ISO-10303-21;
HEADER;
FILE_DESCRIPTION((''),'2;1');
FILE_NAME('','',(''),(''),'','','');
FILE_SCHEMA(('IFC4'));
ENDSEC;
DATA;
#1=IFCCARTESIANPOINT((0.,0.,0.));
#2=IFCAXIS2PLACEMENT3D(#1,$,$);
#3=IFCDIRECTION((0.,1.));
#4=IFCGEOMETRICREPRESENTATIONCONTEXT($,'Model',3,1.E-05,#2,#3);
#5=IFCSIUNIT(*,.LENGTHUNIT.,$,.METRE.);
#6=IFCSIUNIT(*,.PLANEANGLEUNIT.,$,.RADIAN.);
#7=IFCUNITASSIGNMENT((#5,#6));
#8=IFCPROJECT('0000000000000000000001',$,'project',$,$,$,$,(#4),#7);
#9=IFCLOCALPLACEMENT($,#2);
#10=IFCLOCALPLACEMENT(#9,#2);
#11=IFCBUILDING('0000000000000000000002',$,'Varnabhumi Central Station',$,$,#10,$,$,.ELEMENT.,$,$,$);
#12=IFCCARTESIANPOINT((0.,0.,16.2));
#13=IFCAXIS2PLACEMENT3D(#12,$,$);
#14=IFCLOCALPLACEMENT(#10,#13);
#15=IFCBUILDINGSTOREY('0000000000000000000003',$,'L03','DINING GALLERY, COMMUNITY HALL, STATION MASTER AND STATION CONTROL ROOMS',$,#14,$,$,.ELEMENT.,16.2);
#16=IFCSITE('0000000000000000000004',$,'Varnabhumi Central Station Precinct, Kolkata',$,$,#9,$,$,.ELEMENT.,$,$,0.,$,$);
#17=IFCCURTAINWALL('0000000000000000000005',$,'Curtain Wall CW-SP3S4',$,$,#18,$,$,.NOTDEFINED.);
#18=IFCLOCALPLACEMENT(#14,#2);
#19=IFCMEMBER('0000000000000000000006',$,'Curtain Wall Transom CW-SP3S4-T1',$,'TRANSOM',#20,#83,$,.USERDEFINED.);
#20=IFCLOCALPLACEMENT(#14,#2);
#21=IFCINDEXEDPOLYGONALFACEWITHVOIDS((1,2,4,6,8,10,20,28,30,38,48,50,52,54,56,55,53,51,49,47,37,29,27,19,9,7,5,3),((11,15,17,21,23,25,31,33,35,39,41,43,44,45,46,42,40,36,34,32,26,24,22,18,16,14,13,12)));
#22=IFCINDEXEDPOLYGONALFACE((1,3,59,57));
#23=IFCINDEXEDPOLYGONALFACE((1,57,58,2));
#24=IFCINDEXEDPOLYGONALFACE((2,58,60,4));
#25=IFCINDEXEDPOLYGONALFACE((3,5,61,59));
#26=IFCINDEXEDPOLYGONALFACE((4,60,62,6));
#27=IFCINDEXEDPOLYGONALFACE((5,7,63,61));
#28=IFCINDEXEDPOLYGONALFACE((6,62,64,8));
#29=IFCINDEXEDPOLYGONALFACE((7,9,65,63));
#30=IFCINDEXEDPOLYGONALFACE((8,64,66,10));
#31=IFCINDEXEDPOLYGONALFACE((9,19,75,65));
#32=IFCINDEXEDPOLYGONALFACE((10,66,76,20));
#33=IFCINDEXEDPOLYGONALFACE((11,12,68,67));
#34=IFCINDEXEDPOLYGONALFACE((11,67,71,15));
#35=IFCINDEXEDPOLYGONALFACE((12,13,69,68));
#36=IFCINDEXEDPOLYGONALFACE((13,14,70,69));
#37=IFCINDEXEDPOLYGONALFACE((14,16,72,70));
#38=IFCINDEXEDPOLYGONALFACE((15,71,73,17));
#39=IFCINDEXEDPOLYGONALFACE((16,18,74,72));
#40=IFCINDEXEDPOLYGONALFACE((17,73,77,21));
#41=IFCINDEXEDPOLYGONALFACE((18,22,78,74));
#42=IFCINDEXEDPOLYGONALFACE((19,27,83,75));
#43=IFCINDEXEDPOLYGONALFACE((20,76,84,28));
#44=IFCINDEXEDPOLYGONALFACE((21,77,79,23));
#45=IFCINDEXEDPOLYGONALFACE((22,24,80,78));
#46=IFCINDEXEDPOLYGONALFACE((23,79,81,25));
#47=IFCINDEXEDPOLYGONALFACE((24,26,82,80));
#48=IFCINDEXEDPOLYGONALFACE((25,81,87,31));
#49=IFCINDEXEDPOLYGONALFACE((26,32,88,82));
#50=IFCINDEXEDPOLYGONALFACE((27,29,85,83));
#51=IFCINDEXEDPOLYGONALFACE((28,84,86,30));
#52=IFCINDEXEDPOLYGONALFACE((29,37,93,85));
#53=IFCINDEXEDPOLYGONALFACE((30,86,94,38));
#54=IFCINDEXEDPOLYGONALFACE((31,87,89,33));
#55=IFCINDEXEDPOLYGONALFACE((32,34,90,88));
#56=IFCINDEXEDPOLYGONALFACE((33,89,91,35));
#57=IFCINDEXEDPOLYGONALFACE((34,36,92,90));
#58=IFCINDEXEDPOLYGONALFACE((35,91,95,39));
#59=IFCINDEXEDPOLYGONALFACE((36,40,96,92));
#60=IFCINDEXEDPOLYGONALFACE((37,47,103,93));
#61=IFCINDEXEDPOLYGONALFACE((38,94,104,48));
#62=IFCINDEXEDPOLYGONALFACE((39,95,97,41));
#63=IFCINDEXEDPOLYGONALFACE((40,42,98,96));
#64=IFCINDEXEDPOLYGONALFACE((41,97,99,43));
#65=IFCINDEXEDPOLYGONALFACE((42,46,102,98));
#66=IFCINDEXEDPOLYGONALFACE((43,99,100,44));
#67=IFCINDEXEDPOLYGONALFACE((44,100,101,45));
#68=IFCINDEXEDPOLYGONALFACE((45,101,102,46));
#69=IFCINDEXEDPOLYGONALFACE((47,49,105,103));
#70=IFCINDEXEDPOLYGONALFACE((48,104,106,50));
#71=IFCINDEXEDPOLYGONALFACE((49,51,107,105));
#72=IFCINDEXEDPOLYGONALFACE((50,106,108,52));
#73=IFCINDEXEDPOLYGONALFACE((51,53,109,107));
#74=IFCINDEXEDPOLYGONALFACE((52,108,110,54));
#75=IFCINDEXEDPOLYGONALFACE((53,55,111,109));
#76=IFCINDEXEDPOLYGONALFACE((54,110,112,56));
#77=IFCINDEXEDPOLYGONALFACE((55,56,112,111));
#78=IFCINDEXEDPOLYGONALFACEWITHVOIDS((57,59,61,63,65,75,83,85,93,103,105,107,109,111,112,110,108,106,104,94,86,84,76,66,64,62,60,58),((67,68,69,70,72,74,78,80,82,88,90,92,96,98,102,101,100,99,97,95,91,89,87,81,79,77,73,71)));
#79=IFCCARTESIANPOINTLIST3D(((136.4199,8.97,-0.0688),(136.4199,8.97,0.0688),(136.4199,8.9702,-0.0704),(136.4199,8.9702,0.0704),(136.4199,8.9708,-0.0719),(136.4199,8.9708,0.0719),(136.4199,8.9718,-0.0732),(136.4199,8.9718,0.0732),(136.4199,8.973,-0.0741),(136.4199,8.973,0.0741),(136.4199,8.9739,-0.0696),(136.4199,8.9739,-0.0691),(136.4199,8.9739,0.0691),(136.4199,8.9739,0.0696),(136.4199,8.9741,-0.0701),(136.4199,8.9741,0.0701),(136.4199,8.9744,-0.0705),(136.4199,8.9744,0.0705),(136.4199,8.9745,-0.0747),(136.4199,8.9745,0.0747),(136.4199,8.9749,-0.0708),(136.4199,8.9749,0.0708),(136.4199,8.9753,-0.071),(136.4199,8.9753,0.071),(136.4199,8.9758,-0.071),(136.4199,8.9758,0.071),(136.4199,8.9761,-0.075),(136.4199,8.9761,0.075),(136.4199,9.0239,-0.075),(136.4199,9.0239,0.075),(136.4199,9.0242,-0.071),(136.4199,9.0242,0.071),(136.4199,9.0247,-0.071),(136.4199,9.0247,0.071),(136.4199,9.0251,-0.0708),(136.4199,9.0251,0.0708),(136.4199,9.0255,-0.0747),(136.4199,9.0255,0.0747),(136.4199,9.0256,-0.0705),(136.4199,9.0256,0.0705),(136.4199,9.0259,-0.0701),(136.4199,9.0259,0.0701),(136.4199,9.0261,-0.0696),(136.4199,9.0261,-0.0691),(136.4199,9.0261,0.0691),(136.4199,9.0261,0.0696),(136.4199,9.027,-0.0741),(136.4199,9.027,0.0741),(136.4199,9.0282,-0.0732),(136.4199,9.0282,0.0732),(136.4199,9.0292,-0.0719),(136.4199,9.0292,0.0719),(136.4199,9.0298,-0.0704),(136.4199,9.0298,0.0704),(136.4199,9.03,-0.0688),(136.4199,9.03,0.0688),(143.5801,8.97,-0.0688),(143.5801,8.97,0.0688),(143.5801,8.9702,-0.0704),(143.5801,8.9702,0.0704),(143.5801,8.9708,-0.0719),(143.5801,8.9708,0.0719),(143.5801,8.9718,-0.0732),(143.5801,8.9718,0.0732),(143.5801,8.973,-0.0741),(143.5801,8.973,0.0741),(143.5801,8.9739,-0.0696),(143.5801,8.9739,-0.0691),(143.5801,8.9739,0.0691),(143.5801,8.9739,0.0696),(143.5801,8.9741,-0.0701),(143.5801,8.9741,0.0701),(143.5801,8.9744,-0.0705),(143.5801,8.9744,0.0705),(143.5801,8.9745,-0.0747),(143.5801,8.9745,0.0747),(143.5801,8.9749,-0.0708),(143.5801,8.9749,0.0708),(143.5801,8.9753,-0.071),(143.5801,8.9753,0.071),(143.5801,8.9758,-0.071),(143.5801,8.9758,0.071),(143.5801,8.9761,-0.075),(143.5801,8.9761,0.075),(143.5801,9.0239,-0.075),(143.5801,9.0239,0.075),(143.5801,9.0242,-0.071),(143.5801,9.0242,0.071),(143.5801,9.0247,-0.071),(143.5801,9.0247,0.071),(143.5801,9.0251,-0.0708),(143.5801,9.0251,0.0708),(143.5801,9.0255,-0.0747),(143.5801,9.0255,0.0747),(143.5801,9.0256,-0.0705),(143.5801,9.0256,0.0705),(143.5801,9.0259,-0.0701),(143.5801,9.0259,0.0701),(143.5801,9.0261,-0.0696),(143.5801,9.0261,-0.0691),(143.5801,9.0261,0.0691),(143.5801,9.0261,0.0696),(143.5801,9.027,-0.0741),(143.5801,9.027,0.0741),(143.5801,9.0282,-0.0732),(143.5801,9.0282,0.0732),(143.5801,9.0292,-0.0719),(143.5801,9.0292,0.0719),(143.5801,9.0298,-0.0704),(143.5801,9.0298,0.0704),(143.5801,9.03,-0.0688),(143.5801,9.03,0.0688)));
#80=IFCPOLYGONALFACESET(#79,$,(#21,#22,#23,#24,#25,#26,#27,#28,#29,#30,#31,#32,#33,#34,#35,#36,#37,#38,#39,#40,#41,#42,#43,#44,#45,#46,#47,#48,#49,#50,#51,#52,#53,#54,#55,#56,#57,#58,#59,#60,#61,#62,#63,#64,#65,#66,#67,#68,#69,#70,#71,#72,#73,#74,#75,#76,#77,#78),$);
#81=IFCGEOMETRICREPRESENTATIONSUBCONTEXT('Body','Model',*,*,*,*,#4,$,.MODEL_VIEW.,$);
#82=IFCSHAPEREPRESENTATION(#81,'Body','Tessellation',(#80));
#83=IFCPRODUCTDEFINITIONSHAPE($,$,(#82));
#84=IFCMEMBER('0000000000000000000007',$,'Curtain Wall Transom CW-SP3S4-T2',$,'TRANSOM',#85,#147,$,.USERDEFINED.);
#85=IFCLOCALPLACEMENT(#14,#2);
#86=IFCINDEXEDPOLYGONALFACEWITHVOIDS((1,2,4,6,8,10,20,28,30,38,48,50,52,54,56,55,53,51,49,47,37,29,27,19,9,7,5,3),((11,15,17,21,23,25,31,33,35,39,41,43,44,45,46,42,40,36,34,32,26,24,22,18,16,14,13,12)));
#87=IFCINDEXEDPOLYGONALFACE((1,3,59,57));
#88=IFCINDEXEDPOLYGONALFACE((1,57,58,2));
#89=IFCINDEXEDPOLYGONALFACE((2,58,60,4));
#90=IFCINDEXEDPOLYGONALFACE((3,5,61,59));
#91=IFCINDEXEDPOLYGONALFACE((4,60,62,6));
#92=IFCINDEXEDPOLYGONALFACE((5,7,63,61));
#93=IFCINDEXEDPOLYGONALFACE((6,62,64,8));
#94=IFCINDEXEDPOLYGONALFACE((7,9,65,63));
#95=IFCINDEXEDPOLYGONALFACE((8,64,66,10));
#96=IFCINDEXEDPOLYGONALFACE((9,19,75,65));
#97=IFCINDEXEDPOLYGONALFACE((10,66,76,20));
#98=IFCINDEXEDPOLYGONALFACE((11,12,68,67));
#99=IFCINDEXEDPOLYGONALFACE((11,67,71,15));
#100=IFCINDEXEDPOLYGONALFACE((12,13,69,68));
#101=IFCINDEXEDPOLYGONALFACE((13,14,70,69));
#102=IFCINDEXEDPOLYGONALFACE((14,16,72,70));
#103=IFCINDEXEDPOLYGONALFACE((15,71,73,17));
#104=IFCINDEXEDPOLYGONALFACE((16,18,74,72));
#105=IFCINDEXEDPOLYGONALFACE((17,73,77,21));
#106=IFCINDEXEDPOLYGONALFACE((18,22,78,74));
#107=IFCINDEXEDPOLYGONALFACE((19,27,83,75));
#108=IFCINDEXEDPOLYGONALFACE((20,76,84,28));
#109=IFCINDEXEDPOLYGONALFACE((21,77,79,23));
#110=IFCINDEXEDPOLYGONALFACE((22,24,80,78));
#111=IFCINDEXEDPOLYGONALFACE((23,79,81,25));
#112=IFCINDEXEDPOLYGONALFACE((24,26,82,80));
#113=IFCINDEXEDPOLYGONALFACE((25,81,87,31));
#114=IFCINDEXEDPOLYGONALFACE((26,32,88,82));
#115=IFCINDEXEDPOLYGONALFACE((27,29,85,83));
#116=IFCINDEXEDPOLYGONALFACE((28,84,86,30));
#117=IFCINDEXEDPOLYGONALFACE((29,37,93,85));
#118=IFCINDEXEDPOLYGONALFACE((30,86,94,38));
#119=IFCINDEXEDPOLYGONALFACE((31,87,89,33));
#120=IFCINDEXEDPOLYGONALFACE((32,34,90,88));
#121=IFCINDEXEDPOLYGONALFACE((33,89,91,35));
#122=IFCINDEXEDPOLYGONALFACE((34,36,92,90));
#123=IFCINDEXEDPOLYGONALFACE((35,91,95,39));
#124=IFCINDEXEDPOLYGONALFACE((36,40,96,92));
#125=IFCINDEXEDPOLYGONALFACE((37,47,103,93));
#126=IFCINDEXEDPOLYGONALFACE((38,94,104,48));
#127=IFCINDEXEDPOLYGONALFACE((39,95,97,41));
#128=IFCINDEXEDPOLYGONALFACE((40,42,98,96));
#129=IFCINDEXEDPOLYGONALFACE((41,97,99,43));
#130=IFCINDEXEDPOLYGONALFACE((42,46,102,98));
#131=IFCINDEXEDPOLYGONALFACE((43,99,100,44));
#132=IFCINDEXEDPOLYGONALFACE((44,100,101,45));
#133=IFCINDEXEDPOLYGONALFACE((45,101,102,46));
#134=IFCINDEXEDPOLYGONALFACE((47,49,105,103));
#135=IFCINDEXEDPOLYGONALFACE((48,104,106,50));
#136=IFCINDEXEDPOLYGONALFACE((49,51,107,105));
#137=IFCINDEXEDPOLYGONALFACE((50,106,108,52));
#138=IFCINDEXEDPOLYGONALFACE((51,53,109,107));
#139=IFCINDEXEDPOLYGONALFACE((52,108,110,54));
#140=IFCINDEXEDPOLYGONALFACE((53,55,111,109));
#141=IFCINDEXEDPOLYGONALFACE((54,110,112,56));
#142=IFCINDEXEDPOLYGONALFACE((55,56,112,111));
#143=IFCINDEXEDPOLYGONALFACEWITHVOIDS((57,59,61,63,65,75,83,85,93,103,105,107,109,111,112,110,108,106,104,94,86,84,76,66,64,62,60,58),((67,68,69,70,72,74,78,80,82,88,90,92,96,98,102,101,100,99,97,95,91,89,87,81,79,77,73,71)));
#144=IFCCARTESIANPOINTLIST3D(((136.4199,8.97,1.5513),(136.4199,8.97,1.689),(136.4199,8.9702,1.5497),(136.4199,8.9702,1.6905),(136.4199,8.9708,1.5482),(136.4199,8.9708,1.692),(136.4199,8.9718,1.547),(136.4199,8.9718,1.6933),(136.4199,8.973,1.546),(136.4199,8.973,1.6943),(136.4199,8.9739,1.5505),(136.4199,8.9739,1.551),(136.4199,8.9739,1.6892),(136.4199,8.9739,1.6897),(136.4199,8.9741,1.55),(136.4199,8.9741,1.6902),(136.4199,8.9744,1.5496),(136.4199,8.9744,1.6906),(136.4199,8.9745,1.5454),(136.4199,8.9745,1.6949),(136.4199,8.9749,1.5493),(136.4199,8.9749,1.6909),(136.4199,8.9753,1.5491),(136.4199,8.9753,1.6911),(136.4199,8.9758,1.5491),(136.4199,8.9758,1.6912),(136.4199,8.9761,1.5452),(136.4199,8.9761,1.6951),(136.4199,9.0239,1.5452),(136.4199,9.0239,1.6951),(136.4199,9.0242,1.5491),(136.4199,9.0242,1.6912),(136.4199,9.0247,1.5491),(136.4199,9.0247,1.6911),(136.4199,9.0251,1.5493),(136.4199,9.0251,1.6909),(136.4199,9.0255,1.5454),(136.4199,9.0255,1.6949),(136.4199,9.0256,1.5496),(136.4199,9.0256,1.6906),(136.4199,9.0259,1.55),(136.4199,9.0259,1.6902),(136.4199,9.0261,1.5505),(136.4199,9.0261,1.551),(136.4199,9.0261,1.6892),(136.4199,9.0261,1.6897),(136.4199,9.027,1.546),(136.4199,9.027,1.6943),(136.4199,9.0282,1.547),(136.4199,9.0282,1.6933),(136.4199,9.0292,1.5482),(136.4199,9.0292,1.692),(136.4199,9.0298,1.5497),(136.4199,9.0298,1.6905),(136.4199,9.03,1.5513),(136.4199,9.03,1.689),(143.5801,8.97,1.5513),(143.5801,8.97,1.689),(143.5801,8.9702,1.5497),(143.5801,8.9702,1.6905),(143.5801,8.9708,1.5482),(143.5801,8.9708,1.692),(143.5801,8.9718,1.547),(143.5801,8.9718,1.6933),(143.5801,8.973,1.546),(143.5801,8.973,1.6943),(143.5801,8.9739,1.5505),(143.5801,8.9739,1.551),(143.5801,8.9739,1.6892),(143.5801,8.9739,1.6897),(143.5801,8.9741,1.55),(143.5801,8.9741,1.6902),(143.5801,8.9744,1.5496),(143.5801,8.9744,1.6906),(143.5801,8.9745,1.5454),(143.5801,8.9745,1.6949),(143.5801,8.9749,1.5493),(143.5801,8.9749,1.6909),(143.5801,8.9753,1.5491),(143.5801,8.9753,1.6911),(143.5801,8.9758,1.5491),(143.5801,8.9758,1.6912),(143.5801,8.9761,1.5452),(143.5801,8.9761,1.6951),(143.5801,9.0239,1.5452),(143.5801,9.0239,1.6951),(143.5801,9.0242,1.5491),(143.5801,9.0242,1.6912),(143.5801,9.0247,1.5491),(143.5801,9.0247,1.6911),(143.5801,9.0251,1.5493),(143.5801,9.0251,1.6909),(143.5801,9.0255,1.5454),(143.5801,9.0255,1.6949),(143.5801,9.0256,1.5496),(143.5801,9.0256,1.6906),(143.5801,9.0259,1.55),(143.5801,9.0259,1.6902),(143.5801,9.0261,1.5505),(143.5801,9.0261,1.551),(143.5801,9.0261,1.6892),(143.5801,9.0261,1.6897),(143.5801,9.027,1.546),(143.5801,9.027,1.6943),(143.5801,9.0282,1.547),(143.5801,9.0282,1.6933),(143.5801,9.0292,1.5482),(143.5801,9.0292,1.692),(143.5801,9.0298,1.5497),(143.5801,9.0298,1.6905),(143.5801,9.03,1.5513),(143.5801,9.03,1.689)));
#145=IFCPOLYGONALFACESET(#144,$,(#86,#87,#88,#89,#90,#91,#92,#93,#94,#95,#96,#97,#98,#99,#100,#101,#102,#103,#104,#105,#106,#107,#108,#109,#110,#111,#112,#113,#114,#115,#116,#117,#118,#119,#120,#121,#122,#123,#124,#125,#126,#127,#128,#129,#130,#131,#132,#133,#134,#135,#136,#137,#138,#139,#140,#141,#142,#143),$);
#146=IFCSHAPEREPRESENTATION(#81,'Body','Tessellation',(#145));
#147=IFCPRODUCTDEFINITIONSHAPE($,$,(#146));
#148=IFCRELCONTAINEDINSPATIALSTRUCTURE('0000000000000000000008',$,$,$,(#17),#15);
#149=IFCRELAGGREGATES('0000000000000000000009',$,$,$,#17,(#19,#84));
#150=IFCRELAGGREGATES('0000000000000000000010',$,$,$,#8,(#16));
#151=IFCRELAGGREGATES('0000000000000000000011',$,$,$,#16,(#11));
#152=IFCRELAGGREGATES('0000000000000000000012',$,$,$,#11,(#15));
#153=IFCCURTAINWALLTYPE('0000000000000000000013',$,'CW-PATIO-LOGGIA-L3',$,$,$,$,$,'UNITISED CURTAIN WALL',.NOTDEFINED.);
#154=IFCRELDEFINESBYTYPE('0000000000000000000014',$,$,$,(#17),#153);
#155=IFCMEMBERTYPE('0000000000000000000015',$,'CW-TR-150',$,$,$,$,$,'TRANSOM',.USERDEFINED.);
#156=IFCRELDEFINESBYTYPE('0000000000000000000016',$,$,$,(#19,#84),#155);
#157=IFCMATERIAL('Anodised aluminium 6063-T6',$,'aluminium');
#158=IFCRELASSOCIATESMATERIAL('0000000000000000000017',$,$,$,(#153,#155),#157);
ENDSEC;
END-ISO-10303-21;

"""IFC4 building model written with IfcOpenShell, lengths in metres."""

from ifc_helpers import new_model, si_unit, direction, frame, origin, origin_2d, place, context, subcontext, project, spatial, hollow_rectangle, extrude, material, material_profile, profile_set, type_object, element, aggregate, save


model = new_model("IFC4")

# Units and contexts
model_context = context("Model", 3, precision=1e-05, world=origin(), true_north=direction((0.0, 1.0)))
body_context = subcontext(model_context, "Body", "Model", "MODEL_VIEW")
ifc_project = project(units=[si_unit("LENGTHUNIT", "METRE"), si_unit("PLANEANGLEUNIT", "RADIAN")], contexts=[model_context])

# Site, building, storey
site_placement = place(None, origin())
site = spatial("IfcSite", under=ifc_project, at=site_placement, Name="Varnabhumi Central Station Precinct, Kolkata", CompositionType="ELEMENT", RefElevation=0.0)
building_placement = place(site_placement, origin())
building = spatial("IfcBuilding", under=site, at=building_placement, Name="Varnabhumi Central Station", CompositionType="ELEMENT")
storey_placement = place(building_placement, frame((0.0, 0.0, 16.2)))
storey = spatial("IfcBuildingStorey", under=building, at=storey_placement, Name="L03", Description="DINING GALLERY, COMMUNITY HALL, STATION MASTER AND STATION CONTROL ROOMS", CompositionType="ELEMENT", Elevation=16.2)

# Shared definitions
ifc_material_1 = material(Name="Anodised aluminium 6063-T6", Category="aluminium")
curtain_wall_type = type_object("IfcCurtainWallType", Name="CW-PATIO-LOGGIA-L3", ElementType="UNITISED CURTAIN WALL", PredefinedType="NOTDEFINED", material=ifc_material_1)

# Curtain wall
curtain_wall_1_placement = place(storey_placement, origin())
curtain_wall_1 = element("IfcCurtainWall", 1, at=curtain_wall_1_placement, inside=storey, type_object=curtain_wall_type, Name="Curtain Wall CW-SP3S4", PredefinedType="NOTDEFINED")

# Members
ifc_material_profile_1 = material_profile(ifc_material_1, hollow_rectangle(XDim=0.0601, YDim=0.1499, WallThickness=0.0039, InnerFilletRadius=0.002, OuterFilletRadius=0.0061, at=origin_2d()), Name="Anodised aluminium 6063-T6", Category="aluminium")
ifc_profile_set_1 = profile_set([ifc_material_profile_1], Name="Anodised aluminium 6063-T6")
member_type_1 = type_object("IfcMemberType", Name="CW-TR-150", ElementType="TRANSOM", PredefinedType="USERDEFINED", material=ifc_profile_set_1)
member_1_placement = place(storey_placement, frame((136.4199, 9.0, 0.0), z_axis=(1.0, 0.0, 0.0), x_axis=(0.0, 1.0, 0.0)))
member_1 = element("IfcMember", 2, at=member_1_placement, type_object=member_type_1, Name="Curtain Wall Transom CW-SP3S4-T1", ObjectType="TRANSOM", PredefinedType="USERDEFINED", context=body_context, shape_type="SweptSolid", body=[
    extrude(hollow_rectangle(XDim=0.0601, YDim=0.1499, WallThickness=0.0039, InnerFilletRadius=0.002, OuterFilletRadius=0.0061, at=origin_2d()), origin(), (0.0, 0.0, 1.0), 7.1602),
])
member_2_placement = place(storey_placement, frame((136.4199, 9.0, 1.6201), z_axis=(1.0, 0.0, 0.0), x_axis=(0.0, 1.0, 0.0)))
member_2 = element("IfcMember", 3, at=member_2_placement, type_object=member_type_1, Name="Curtain Wall Transom CW-SP3S4-T2", ObjectType="TRANSOM", PredefinedType="USERDEFINED", context=body_context, shape_type="SweptSolid", body=[
    extrude(hollow_rectangle(XDim=0.0601, YDim=0.1499, WallThickness=0.0039, InnerFilletRadius=0.002, OuterFilletRadius=0.0061, at=origin_2d()), origin(), (0.0, 0.0, 1.0), 7.1602),
])

aggregate(curtain_wall_1, [member_1, member_2])

save(model, "model.ifc")
